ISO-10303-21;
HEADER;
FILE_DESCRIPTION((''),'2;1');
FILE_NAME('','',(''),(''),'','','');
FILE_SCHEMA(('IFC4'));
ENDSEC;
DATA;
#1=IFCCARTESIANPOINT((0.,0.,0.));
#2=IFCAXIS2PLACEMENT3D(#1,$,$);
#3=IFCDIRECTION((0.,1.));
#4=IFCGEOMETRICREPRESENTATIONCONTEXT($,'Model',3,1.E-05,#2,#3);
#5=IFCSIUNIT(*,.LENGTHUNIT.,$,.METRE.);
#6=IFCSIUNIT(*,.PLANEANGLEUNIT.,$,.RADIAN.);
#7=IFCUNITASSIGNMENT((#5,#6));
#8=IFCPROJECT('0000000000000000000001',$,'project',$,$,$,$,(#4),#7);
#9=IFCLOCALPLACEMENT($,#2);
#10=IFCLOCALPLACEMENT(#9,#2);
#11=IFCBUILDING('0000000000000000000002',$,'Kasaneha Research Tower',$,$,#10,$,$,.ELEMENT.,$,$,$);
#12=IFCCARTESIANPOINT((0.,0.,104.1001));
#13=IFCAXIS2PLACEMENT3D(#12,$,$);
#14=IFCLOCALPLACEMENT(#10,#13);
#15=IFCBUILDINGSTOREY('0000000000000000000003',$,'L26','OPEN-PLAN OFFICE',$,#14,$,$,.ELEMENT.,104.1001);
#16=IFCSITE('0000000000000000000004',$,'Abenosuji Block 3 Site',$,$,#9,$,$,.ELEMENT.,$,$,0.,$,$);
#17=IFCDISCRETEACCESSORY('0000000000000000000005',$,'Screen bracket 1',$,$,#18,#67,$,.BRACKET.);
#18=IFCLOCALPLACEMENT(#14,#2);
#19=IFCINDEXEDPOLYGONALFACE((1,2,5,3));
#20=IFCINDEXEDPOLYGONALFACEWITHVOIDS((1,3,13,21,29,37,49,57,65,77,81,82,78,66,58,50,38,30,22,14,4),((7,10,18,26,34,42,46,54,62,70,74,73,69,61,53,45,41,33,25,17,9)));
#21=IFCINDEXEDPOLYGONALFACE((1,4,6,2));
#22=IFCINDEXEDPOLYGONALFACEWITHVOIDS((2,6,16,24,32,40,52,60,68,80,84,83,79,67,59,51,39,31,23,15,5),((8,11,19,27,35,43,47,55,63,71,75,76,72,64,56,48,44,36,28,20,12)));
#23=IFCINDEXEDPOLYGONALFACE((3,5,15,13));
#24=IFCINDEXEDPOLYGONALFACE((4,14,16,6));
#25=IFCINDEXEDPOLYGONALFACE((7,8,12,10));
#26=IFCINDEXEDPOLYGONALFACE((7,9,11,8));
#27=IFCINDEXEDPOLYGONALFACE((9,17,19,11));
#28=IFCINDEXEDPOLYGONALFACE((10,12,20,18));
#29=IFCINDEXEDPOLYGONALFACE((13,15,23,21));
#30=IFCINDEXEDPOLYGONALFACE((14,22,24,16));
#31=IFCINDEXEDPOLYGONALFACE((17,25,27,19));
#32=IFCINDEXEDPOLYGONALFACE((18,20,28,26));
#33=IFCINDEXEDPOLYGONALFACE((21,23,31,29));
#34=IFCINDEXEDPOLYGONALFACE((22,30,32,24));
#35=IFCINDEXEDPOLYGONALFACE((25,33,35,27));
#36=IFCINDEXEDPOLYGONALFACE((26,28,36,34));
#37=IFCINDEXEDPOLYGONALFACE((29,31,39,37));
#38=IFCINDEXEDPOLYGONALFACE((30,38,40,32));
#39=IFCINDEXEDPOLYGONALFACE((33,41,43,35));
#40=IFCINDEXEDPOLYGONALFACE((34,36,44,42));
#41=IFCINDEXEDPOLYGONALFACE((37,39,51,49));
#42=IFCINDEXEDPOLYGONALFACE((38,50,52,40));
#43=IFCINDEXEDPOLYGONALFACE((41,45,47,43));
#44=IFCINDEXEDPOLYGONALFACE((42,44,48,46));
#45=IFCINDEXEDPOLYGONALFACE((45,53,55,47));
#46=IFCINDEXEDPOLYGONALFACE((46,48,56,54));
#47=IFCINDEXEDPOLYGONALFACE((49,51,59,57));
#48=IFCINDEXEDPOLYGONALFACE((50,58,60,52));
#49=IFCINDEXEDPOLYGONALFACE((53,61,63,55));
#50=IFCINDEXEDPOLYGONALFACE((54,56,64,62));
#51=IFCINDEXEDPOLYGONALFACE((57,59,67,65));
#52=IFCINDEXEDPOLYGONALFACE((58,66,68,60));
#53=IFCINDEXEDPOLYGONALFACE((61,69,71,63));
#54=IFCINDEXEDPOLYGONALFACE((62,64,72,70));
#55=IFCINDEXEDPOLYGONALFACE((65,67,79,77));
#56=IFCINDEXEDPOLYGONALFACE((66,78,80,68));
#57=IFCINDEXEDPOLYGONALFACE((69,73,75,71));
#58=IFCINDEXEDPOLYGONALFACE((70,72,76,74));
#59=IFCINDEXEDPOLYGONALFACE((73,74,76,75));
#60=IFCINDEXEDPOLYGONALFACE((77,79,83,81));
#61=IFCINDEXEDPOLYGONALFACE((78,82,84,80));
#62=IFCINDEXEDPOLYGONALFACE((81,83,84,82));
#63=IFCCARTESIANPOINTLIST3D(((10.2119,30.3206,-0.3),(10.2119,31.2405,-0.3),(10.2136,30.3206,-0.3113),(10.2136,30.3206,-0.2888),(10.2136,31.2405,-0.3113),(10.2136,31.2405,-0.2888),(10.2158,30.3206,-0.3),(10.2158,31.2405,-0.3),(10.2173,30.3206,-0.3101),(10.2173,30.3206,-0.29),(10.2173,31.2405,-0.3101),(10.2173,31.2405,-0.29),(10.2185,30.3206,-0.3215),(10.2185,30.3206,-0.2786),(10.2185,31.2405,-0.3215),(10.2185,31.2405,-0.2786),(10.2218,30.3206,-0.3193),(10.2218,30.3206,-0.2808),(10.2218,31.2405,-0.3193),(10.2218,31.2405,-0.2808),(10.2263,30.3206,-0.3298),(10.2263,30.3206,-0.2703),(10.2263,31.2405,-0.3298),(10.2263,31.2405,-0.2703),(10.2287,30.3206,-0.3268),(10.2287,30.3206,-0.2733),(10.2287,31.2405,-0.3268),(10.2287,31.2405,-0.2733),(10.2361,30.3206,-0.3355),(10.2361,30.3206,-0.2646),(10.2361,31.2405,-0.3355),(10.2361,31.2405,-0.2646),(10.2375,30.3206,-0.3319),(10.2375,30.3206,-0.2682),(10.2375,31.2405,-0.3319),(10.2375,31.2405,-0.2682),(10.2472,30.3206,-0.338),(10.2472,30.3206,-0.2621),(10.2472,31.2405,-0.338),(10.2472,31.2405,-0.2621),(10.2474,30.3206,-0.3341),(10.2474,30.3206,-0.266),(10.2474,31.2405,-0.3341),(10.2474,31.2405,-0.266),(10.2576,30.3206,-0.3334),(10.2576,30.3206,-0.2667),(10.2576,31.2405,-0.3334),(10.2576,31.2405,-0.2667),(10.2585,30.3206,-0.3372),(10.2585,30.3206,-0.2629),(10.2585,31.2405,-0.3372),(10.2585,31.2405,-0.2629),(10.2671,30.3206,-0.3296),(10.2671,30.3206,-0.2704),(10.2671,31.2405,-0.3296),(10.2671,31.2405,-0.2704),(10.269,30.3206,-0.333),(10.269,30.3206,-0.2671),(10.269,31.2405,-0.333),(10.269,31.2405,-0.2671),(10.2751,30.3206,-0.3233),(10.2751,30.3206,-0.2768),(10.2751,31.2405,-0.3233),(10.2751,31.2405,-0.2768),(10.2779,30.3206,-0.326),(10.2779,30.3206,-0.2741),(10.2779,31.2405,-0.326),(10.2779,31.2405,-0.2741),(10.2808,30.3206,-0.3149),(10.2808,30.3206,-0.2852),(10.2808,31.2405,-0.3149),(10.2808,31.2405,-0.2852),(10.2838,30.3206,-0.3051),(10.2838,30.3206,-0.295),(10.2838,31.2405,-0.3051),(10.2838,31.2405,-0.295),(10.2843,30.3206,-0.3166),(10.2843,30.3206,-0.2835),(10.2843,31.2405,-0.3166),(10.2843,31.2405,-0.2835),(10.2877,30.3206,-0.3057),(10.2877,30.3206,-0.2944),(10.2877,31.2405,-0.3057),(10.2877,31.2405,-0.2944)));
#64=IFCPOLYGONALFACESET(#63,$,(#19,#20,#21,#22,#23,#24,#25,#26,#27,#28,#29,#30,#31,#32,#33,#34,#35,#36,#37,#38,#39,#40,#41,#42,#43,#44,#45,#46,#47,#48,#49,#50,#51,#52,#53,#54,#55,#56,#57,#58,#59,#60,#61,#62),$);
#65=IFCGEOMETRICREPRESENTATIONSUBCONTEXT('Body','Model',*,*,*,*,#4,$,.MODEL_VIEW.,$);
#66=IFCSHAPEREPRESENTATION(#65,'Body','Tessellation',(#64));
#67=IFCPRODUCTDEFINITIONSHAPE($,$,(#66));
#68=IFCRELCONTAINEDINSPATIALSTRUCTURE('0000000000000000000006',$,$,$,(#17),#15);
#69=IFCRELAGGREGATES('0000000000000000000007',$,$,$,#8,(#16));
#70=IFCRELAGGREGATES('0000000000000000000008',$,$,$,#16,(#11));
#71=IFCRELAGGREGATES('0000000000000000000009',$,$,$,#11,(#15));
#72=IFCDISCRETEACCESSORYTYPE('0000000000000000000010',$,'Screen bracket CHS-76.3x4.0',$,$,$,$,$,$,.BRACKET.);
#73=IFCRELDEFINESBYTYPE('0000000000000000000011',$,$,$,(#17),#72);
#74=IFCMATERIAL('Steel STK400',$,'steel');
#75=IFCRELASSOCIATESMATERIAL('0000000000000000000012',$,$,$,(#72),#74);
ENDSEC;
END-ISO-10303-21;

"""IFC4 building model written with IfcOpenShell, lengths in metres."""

from ifc_helpers import new_model, si_unit, direction, frame, origin, origin_2d, place, context, subcontext, project, spatial, hollow_circle, extrude, material, material_profile, profile_set, type_object, element, save


model = new_model("IFC4")

# Units and contexts
model_context = context("Model", 3, precision=1e-05, world=origin(), true_north=direction((0.0, 1.0)))
body_context = subcontext(model_context, "Body", "Model", "MODEL_VIEW")
ifc_project = project(units=[si_unit("LENGTHUNIT", "METRE"), si_unit("PLANEANGLEUNIT", "RADIAN")], contexts=[model_context])

# Site, building, storey
site_placement = place(None, origin())
site = spatial("IfcSite", under=ifc_project, at=site_placement, Name="Abenosuji Block 3 Site", CompositionType="ELEMENT", RefElevation=0.0)
building_placement = place(site_placement, origin())
building = spatial("IfcBuilding", under=site, at=building_placement, Name="Kasaneha Research Tower", CompositionType="ELEMENT")
storey_placement = place(building_placement, frame((0.0, 0.0, 104.1001)))
storey = spatial("IfcBuildingStorey", under=building, at=storey_placement, Name="L26", Description="OPEN-PLAN OFFICE", CompositionType="ELEMENT", Elevation=104.1001)

# Discrete accessory
ifc_material_1 = material(Name="Steel STK400", Category="steel")
ifc_material_profile_1 = material_profile(ifc_material_1, hollow_circle(Radius=0.0381, WallThickness=0.0039, at=origin_2d()), Name="CHS-76.3x4.0")
ifc_profile_set_1 = profile_set([ifc_material_profile_1], Name="Steel STK400")
discrete_accessory_type = type_object("IfcDiscreteAccessoryType", Name="Screen bracket CHS-76.3x4.0", PredefinedType="BRACKET", material=ifc_profile_set_1)
for number, where, z_axis, x_axis, name in (
    (1, (10.25, 30.3206, -0.3), (0.0, 1.0, 0.0), (-1.0, 0.0, 0.0), "Screen bracket 1"),
):
    element("IfcDiscreteAccessory", number, at=place(storey_placement, frame(where, z_axis=z_axis, x_axis=x_axis)), inside=storey, type_object=discrete_accessory_type, Name=name, PredefinedType="BRACKET", context=body_context, shape_type="SweptSolid", body=[
        extrude(hollow_circle(Radius=0.0381, WallThickness=0.0039, at=origin_2d()), origin(), (0.0, 0.0, 1.0), 0.9199),
    ])

save(model, "model.ifc")
